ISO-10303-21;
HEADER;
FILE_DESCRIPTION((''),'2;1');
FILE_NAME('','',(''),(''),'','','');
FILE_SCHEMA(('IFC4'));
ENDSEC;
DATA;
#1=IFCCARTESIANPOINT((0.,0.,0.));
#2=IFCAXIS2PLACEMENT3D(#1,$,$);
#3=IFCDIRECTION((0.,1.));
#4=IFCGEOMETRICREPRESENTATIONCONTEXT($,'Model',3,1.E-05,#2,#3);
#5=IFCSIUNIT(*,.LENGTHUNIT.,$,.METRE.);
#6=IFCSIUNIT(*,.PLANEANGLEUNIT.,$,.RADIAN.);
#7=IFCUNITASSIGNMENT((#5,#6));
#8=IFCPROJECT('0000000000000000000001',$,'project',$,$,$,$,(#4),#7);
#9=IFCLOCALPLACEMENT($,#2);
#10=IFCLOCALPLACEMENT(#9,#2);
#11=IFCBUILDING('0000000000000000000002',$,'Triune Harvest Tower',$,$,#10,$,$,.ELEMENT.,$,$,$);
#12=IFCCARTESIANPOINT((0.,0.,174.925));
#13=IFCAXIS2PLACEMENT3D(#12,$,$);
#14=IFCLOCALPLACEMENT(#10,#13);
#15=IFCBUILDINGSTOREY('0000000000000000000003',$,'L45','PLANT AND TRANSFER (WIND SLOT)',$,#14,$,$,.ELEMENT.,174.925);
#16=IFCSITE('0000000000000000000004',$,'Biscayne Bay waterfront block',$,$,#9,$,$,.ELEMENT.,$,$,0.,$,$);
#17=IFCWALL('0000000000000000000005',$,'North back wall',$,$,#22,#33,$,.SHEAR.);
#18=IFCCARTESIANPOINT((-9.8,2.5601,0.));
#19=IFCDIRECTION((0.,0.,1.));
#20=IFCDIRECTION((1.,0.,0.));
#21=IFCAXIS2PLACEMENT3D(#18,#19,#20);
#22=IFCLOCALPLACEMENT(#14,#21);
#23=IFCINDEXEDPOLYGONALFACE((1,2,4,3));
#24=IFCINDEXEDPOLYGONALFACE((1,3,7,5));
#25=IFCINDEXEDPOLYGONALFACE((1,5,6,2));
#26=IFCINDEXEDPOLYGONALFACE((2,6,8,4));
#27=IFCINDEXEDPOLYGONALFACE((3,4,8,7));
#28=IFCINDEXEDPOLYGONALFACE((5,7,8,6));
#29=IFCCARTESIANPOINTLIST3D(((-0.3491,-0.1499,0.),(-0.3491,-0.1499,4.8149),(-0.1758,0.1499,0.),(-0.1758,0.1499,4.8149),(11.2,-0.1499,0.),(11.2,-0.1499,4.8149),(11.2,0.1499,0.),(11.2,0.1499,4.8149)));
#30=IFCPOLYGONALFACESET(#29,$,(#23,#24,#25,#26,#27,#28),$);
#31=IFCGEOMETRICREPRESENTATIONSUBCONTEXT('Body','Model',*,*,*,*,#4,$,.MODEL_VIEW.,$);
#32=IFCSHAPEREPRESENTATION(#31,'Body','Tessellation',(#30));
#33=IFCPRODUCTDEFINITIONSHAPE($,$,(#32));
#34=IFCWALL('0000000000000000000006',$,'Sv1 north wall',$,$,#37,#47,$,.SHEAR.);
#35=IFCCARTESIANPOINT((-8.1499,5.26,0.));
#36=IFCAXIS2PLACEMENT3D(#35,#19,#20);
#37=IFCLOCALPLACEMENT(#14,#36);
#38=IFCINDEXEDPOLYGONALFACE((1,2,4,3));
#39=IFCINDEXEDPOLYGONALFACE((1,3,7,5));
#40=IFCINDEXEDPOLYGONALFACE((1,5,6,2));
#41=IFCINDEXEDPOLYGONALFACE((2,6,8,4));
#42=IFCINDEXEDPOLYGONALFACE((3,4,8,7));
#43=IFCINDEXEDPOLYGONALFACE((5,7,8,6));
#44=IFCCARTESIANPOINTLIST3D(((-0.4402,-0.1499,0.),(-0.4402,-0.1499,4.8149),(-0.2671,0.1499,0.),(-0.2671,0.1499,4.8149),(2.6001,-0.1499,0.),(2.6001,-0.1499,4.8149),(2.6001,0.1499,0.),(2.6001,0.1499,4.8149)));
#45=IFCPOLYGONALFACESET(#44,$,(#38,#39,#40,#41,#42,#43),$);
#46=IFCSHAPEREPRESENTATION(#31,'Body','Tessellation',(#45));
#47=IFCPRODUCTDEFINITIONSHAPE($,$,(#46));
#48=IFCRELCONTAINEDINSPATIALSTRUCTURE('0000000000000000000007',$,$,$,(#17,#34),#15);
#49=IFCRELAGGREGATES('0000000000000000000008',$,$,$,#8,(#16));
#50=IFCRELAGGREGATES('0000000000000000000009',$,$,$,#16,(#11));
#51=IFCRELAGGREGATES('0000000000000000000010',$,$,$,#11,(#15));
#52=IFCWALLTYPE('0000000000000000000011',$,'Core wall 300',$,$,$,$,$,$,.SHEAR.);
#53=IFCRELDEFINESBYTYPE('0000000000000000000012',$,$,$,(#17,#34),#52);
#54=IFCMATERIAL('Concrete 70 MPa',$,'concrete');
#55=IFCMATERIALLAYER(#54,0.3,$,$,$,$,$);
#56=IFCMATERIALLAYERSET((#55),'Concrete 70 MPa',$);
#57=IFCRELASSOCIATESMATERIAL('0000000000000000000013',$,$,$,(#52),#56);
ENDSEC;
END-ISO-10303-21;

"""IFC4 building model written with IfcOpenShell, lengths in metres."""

from ifc_helpers import new_model, si_unit, direction, frame, origin, place, context, subcontext, project, spatial, polyline, outline, extrude, material, layer, layer_set, type_object, element, save


model = new_model("IFC4")

# Units and contexts
model_context = context("Model", 3, precision=1e-05, world=origin(), true_north=direction((0.0, 1.0)))
body_context = subcontext(model_context, "Body", "Model", "MODEL_VIEW")
ifc_project = project(units=[si_unit("LENGTHUNIT", "METRE"), si_unit("PLANEANGLEUNIT", "RADIAN")], contexts=[model_context])

# Site, building, storey
site_placement = place(None, origin())
site = spatial("IfcSite", under=ifc_project, at=site_placement, Name="Biscayne Bay waterfront block", CompositionType="ELEMENT", RefElevation=0.0)
building_placement = place(site_placement, origin())
building = spatial("IfcBuilding", under=site, at=building_placement, Name="Triune Harvest Tower", CompositionType="ELEMENT")
storey_placement = place(building_placement, frame((0.0, 0.0, 174.925)))
storey = spatial("IfcBuildingStorey", under=building, at=storey_placement, Name="L45", Description="PLANT AND TRANSFER (WIND SLOT)", CompositionType="ELEMENT", Elevation=174.925)

# Walls
ifc_material_1 = material(Name="Concrete 70 MPa", Category="concrete")
ifc_layer_1 = layer(ifc_material_1, 0.3)
ifc_layer_set_1 = layer_set([ifc_layer_1], Name="Concrete 70 MPa")
wall_type_1 = type_object("IfcWallType", Name="Core wall 300", PredefinedType="SHEAR", material=ifc_layer_set_1)
wall_1_placement = place(storey_placement, frame((-9.8, 2.5601, 0.0), z_axis=(0.0, 0.0, 1.0), x_axis=(1.0, 0.0, 0.0)))
element("IfcWall", 1, at=wall_1_placement, inside=storey, type_object=wall_type_1, Name="North back wall", PredefinedType="SHEAR", context=body_context, shape_type="SweptSolid", body=[
    extrude(outline(polyline([(11.2, -0.1499), (-0.3491, -0.1499), (-0.1758, 0.1499), (11.2, 0.1499), (11.2, -0.1499)])), origin(), (0.0, 0.0, 1.0), 4.8149),
])
wall_2_placement = place(storey_placement, frame((-8.1499, 5.26, 0.0), z_axis=(0.0, 0.0, 1.0), x_axis=(1.0, 0.0, 0.0)))
element("IfcWall", 2, at=wall_2_placement, inside=storey, type_object=wall_type_1, Name="Sv1 north wall", PredefinedType="SHEAR", context=body_context, shape_type="SweptSolid", body=[
    extrude(outline(polyline([(2.6001, -0.1499), (-0.4402, -0.1499), (-0.2671, 0.1499), (2.6001, 0.1499), (2.6001, -0.1499)])), origin(), (0.0, 0.0, 1.0), 4.8149),
])

save(model, "model.ifc")
